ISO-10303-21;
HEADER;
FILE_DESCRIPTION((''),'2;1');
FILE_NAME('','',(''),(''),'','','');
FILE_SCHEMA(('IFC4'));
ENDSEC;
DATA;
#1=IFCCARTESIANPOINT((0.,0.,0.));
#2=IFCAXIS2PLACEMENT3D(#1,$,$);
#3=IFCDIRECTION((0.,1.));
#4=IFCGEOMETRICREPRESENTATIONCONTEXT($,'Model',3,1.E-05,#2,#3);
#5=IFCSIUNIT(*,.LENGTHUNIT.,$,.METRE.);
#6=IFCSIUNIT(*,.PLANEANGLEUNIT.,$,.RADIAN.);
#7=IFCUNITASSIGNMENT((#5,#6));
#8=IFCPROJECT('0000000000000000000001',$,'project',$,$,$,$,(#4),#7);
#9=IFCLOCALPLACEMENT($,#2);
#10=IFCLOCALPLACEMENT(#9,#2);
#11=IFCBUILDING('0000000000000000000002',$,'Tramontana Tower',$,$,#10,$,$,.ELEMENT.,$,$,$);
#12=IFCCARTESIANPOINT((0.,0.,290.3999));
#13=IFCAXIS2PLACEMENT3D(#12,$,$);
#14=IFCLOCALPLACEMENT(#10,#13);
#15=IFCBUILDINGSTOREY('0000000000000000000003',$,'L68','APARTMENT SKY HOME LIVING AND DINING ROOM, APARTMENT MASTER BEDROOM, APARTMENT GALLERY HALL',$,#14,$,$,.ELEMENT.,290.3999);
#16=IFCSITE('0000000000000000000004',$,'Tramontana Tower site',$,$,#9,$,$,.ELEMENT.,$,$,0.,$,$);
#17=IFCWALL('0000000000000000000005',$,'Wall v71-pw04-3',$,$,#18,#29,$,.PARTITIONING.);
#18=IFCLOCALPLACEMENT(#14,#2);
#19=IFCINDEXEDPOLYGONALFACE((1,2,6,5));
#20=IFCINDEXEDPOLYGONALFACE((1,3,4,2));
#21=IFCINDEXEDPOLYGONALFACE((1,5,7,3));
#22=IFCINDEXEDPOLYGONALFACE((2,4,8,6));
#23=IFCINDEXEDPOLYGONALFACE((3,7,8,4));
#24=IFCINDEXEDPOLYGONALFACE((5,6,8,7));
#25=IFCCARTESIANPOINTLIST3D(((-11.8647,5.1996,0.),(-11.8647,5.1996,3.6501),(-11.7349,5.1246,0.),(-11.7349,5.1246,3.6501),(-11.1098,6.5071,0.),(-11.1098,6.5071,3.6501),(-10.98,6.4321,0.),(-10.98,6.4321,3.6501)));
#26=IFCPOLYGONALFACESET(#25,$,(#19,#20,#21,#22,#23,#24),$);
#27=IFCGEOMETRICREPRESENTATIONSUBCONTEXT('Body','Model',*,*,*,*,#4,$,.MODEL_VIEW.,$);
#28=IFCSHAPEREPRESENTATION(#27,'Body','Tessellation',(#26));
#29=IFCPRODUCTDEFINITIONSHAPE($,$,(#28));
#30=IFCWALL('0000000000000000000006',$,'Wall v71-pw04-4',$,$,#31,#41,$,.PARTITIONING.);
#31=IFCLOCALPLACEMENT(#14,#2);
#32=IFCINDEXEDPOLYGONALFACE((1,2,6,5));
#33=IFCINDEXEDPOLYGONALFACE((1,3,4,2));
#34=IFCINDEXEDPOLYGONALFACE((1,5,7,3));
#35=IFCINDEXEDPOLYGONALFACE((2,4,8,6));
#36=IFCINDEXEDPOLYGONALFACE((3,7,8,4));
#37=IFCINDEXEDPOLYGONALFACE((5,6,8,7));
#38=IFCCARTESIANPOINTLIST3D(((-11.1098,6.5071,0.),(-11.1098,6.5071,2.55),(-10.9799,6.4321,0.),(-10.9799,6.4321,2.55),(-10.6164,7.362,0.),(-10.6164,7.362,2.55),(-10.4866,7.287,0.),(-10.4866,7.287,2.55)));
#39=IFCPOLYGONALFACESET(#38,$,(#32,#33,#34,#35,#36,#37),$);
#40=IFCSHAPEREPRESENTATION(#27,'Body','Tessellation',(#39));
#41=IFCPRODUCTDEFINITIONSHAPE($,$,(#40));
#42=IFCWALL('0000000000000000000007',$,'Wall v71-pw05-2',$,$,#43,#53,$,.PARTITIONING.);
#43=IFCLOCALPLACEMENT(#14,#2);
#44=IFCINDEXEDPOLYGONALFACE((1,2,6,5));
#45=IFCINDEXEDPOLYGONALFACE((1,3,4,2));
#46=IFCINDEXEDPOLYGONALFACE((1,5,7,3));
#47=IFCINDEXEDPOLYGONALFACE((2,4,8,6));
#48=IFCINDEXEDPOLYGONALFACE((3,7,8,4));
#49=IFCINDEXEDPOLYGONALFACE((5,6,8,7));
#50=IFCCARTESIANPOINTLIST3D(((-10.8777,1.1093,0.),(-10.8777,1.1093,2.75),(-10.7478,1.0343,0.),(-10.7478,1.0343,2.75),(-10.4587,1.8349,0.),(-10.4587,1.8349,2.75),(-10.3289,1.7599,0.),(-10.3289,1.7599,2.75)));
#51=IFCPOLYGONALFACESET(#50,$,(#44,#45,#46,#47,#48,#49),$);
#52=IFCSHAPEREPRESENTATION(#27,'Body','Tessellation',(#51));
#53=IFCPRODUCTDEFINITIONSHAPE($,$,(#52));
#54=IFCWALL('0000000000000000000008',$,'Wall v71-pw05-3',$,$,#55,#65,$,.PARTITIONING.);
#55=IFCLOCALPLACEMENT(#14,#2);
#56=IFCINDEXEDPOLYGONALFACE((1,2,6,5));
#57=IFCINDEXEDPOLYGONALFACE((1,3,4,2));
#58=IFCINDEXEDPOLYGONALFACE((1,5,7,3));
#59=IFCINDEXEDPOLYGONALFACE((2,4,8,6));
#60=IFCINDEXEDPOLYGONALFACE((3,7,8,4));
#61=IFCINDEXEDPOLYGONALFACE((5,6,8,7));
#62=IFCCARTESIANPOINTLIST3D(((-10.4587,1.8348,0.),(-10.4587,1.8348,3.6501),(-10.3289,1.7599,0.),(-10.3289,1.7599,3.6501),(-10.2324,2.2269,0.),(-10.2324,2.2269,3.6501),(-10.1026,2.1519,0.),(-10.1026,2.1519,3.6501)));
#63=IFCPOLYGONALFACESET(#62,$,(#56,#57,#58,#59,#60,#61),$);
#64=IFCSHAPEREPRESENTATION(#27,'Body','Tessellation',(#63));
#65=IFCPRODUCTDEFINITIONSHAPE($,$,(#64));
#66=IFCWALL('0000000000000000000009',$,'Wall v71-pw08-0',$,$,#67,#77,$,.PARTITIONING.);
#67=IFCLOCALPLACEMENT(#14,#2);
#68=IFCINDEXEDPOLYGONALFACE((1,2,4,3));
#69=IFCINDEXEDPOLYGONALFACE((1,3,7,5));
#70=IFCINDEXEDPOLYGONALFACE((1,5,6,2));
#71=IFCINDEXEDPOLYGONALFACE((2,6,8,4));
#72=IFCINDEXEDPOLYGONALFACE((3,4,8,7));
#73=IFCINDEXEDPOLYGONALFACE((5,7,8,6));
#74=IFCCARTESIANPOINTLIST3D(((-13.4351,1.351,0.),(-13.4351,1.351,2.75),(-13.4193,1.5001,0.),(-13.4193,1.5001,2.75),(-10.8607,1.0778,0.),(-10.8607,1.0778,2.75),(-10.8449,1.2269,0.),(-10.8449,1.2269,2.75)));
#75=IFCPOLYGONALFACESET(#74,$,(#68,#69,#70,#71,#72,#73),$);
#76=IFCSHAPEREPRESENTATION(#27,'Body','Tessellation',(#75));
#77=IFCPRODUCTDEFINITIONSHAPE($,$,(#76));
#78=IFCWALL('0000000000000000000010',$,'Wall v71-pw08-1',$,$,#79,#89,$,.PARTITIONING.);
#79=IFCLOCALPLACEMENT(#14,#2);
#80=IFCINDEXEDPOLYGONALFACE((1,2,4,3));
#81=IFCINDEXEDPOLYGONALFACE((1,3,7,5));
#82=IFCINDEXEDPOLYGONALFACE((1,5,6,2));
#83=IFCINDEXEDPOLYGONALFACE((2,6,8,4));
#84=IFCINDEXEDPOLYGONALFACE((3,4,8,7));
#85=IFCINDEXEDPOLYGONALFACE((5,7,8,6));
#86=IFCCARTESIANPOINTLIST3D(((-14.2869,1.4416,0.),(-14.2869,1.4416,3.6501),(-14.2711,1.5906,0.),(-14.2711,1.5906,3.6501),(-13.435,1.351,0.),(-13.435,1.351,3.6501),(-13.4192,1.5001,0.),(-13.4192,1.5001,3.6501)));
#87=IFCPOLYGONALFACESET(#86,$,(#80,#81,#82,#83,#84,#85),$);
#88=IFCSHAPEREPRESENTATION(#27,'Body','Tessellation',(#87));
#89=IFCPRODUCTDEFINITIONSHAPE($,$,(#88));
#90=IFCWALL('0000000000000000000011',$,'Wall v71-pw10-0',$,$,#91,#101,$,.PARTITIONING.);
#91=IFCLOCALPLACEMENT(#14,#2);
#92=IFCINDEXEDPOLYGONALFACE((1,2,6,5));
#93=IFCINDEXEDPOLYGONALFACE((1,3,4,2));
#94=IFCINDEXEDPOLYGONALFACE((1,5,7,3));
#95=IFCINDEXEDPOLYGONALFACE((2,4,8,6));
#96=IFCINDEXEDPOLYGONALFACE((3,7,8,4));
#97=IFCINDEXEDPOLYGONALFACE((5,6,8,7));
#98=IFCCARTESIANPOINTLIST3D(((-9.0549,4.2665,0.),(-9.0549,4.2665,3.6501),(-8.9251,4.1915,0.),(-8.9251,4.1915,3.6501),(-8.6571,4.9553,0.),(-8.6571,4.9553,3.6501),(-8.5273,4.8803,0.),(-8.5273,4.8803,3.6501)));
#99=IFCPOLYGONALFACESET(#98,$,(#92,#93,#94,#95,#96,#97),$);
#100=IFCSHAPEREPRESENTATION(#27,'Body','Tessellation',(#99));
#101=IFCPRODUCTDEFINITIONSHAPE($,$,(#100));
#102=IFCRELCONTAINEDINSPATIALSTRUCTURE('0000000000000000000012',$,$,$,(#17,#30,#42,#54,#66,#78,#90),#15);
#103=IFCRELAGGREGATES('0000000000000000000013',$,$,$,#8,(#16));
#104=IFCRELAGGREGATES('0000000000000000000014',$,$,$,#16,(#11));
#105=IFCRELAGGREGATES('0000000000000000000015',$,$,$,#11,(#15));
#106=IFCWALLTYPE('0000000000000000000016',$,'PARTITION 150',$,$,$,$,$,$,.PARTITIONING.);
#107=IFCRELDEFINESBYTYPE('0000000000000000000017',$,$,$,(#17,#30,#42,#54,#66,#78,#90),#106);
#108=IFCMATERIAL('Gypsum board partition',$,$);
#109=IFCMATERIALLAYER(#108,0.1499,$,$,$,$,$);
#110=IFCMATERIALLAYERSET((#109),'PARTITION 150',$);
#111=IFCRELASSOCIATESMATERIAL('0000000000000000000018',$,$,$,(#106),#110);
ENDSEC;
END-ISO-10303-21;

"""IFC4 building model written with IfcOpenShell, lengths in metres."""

from ifc_helpers import new_model, si_unit, direction, frame, frame_2d, origin, place, context, subcontext, project, spatial, rectangle, extrude, material, layer, layer_set, type_object, element, save


model = new_model("IFC4")

# Units and contexts
model_context = context("Model", 3, precision=1e-05, world=origin(), true_north=direction((0.0, 1.0)))
body_context = subcontext(model_context, "Body", "Model", "MODEL_VIEW")
ifc_project = project(units=[si_unit("LENGTHUNIT", "METRE"), si_unit("PLANEANGLEUNIT", "RADIAN")], contexts=[model_context])

# Site, building, storey
site_placement = place(None, origin())
site = spatial("IfcSite", under=ifc_project, at=site_placement, Name="Tramontana Tower site", CompositionType="ELEMENT", RefElevation=0.0)
building_placement = place(site_placement, origin())
building = spatial("IfcBuilding", under=site, at=building_placement, Name="Tramontana Tower", CompositionType="ELEMENT")
storey_placement = place(building_placement, frame((0.0, 0.0, 290.3999)))
storey = spatial("IfcBuildingStorey", under=building, at=storey_placement, Name="L68", Description="APARTMENT SKY HOME LIVING AND DINING ROOM, APARTMENT MASTER BEDROOM, APARTMENT GALLERY HALL", CompositionType="ELEMENT", Elevation=290.3999)

# Shared definitions
ifc_material_1 = material(Name="Gypsum board partition")
ifc_layer_1 = layer(ifc_material_1, 0.1499)
ifc_layer_set_1 = layer_set([ifc_layer_1], Name="PARTITION 150")
wall_type_1 = type_object("IfcWallType", Name="PARTITION 150", PredefinedType="PARTITIONING", material=ifc_layer_set_1)

# Walls
wall_1_placement = place(storey_placement, frame((-11.7998, 5.1621, 0.0), z_axis=(0.0, 0.0, 1.0), x_axis=(0.500035, 0.866005, 0.0)))
element("IfcWall", 1, at=wall_1_placement, inside=storey, type_object=wall_type_1, Name="Wall v71-pw04-3", PredefinedType="PARTITIONING", context=body_context, shape_type="SweptSolid", body=[
    extrude(rectangle(XDim=1.5098, YDim=0.1499, at=frame_2d((0.7549, 0.0))), origin(), (0.0, 0.0, 1.0), 3.6501),
])
wall_2_placement = place(storey_placement, frame((-11.0449, 6.4695, 0.0), z_axis=(0.0, 0.0, 1.0), x_axis=(0.499837, 0.86612, 0.0)))
element("IfcWall", 2, at=wall_2_placement, inside=storey, type_object=wall_type_1, Name="Wall v71-pw04-4", PredefinedType="PARTITIONING", context=body_context, shape_type="SweptSolid", body=[
    extrude(rectangle(XDim=0.9871, YDim=0.1499, at=frame_2d((0.4937, 0.0))), origin(), (0.0, 0.0, 1.0), 2.55),
])
wall_3_placement = place(storey_placement, frame((-10.8127, 1.0718, 0.0), z_axis=(0.0, 0.0, 1.0), x_axis=(0.500025, 0.866011, 0.0)))
element("IfcWall", 3, at=wall_3_placement, inside=storey, type_object=wall_type_1, Name="Wall v71-pw05-2", PredefinedType="PARTITIONING", context=body_context, shape_type="SweptSolid", body=[
    extrude(rectangle(XDim=0.8379, YDim=0.1499, at=frame_2d((0.4189, 0.0))), origin(), (0.0, 0.0, 1.0), 2.75),
])
wall_4_placement = place(storey_placement, frame((-10.3938, 1.7974, 0.0), z_axis=(0.0, 0.0, 1.0), x_axis=(0.499909, 0.866078, 0.0)))
element("IfcWall", 4, at=wall_4_placement, inside=storey, type_object=wall_type_1, Name="Wall v71-pw05-3", PredefinedType="PARTITIONING", context=body_context, shape_type="SweptSolid", body=[
    extrude(rectangle(XDim=0.4526, YDim=0.1499, at=frame_2d((0.2263, 0.0))), origin(), (0.0, 0.0, 1.0), 3.6501),
])

# Walls
wall_5_placement = place(storey_placement, frame((-10.8528, 1.1523, 0.0), z_axis=(0.0, 0.0, 1.0), x_axis=(-0.994417, 0.105524, 0.0)))
element("IfcWall", 5, at=wall_5_placement, inside=storey, type_object=wall_type_1, Name="Wall v71-pw08-0", PredefinedType="PARTITIONING", context=body_context, shape_type="SweptSolid", body=[
    extrude(rectangle(XDim=2.5889, YDim=0.1499, at=frame_2d((1.2944, 0.0))), origin(), (0.0, 0.0, 1.0), 2.75),
])
wall_6_placement = place(storey_placement, frame((-13.4272, 1.4255, 0.0), z_axis=(0.0, 0.0, 1.0), x_axis=(-0.994394, 0.105738, 0.0)))
element("IfcWall", 6, at=wall_6_placement, inside=storey, type_object=wall_type_1, Name="Wall v71-pw08-1", PredefinedType="PARTITIONING", context=body_context, shape_type="SweptSolid", body=[
    extrude(rectangle(XDim=0.8567, YDim=0.1499, at=frame_2d((0.4282, 0.0))), origin(), (0.0, 0.0, 1.0), 3.6501),
])

# Wall
wall_7_placement = place(storey_placement, frame((-8.99, 4.229, 0.0), z_axis=(0.0, 0.0, 1.0), x_axis=(0.500068, 0.865986, 0.0)))
element("IfcWall", 7, at=wall_7_placement, inside=storey, type_object=wall_type_1, Name="Wall v71-pw10-0", PredefinedType="PARTITIONING", context=body_context, shape_type="SweptSolid", body=[
    extrude(rectangle(XDim=0.7954, YDim=0.1499, at=frame_2d((0.3977, 0.0))), origin(), (0.0, 0.0, 1.0), 3.6501),
])

save(model, "model.ifc")
